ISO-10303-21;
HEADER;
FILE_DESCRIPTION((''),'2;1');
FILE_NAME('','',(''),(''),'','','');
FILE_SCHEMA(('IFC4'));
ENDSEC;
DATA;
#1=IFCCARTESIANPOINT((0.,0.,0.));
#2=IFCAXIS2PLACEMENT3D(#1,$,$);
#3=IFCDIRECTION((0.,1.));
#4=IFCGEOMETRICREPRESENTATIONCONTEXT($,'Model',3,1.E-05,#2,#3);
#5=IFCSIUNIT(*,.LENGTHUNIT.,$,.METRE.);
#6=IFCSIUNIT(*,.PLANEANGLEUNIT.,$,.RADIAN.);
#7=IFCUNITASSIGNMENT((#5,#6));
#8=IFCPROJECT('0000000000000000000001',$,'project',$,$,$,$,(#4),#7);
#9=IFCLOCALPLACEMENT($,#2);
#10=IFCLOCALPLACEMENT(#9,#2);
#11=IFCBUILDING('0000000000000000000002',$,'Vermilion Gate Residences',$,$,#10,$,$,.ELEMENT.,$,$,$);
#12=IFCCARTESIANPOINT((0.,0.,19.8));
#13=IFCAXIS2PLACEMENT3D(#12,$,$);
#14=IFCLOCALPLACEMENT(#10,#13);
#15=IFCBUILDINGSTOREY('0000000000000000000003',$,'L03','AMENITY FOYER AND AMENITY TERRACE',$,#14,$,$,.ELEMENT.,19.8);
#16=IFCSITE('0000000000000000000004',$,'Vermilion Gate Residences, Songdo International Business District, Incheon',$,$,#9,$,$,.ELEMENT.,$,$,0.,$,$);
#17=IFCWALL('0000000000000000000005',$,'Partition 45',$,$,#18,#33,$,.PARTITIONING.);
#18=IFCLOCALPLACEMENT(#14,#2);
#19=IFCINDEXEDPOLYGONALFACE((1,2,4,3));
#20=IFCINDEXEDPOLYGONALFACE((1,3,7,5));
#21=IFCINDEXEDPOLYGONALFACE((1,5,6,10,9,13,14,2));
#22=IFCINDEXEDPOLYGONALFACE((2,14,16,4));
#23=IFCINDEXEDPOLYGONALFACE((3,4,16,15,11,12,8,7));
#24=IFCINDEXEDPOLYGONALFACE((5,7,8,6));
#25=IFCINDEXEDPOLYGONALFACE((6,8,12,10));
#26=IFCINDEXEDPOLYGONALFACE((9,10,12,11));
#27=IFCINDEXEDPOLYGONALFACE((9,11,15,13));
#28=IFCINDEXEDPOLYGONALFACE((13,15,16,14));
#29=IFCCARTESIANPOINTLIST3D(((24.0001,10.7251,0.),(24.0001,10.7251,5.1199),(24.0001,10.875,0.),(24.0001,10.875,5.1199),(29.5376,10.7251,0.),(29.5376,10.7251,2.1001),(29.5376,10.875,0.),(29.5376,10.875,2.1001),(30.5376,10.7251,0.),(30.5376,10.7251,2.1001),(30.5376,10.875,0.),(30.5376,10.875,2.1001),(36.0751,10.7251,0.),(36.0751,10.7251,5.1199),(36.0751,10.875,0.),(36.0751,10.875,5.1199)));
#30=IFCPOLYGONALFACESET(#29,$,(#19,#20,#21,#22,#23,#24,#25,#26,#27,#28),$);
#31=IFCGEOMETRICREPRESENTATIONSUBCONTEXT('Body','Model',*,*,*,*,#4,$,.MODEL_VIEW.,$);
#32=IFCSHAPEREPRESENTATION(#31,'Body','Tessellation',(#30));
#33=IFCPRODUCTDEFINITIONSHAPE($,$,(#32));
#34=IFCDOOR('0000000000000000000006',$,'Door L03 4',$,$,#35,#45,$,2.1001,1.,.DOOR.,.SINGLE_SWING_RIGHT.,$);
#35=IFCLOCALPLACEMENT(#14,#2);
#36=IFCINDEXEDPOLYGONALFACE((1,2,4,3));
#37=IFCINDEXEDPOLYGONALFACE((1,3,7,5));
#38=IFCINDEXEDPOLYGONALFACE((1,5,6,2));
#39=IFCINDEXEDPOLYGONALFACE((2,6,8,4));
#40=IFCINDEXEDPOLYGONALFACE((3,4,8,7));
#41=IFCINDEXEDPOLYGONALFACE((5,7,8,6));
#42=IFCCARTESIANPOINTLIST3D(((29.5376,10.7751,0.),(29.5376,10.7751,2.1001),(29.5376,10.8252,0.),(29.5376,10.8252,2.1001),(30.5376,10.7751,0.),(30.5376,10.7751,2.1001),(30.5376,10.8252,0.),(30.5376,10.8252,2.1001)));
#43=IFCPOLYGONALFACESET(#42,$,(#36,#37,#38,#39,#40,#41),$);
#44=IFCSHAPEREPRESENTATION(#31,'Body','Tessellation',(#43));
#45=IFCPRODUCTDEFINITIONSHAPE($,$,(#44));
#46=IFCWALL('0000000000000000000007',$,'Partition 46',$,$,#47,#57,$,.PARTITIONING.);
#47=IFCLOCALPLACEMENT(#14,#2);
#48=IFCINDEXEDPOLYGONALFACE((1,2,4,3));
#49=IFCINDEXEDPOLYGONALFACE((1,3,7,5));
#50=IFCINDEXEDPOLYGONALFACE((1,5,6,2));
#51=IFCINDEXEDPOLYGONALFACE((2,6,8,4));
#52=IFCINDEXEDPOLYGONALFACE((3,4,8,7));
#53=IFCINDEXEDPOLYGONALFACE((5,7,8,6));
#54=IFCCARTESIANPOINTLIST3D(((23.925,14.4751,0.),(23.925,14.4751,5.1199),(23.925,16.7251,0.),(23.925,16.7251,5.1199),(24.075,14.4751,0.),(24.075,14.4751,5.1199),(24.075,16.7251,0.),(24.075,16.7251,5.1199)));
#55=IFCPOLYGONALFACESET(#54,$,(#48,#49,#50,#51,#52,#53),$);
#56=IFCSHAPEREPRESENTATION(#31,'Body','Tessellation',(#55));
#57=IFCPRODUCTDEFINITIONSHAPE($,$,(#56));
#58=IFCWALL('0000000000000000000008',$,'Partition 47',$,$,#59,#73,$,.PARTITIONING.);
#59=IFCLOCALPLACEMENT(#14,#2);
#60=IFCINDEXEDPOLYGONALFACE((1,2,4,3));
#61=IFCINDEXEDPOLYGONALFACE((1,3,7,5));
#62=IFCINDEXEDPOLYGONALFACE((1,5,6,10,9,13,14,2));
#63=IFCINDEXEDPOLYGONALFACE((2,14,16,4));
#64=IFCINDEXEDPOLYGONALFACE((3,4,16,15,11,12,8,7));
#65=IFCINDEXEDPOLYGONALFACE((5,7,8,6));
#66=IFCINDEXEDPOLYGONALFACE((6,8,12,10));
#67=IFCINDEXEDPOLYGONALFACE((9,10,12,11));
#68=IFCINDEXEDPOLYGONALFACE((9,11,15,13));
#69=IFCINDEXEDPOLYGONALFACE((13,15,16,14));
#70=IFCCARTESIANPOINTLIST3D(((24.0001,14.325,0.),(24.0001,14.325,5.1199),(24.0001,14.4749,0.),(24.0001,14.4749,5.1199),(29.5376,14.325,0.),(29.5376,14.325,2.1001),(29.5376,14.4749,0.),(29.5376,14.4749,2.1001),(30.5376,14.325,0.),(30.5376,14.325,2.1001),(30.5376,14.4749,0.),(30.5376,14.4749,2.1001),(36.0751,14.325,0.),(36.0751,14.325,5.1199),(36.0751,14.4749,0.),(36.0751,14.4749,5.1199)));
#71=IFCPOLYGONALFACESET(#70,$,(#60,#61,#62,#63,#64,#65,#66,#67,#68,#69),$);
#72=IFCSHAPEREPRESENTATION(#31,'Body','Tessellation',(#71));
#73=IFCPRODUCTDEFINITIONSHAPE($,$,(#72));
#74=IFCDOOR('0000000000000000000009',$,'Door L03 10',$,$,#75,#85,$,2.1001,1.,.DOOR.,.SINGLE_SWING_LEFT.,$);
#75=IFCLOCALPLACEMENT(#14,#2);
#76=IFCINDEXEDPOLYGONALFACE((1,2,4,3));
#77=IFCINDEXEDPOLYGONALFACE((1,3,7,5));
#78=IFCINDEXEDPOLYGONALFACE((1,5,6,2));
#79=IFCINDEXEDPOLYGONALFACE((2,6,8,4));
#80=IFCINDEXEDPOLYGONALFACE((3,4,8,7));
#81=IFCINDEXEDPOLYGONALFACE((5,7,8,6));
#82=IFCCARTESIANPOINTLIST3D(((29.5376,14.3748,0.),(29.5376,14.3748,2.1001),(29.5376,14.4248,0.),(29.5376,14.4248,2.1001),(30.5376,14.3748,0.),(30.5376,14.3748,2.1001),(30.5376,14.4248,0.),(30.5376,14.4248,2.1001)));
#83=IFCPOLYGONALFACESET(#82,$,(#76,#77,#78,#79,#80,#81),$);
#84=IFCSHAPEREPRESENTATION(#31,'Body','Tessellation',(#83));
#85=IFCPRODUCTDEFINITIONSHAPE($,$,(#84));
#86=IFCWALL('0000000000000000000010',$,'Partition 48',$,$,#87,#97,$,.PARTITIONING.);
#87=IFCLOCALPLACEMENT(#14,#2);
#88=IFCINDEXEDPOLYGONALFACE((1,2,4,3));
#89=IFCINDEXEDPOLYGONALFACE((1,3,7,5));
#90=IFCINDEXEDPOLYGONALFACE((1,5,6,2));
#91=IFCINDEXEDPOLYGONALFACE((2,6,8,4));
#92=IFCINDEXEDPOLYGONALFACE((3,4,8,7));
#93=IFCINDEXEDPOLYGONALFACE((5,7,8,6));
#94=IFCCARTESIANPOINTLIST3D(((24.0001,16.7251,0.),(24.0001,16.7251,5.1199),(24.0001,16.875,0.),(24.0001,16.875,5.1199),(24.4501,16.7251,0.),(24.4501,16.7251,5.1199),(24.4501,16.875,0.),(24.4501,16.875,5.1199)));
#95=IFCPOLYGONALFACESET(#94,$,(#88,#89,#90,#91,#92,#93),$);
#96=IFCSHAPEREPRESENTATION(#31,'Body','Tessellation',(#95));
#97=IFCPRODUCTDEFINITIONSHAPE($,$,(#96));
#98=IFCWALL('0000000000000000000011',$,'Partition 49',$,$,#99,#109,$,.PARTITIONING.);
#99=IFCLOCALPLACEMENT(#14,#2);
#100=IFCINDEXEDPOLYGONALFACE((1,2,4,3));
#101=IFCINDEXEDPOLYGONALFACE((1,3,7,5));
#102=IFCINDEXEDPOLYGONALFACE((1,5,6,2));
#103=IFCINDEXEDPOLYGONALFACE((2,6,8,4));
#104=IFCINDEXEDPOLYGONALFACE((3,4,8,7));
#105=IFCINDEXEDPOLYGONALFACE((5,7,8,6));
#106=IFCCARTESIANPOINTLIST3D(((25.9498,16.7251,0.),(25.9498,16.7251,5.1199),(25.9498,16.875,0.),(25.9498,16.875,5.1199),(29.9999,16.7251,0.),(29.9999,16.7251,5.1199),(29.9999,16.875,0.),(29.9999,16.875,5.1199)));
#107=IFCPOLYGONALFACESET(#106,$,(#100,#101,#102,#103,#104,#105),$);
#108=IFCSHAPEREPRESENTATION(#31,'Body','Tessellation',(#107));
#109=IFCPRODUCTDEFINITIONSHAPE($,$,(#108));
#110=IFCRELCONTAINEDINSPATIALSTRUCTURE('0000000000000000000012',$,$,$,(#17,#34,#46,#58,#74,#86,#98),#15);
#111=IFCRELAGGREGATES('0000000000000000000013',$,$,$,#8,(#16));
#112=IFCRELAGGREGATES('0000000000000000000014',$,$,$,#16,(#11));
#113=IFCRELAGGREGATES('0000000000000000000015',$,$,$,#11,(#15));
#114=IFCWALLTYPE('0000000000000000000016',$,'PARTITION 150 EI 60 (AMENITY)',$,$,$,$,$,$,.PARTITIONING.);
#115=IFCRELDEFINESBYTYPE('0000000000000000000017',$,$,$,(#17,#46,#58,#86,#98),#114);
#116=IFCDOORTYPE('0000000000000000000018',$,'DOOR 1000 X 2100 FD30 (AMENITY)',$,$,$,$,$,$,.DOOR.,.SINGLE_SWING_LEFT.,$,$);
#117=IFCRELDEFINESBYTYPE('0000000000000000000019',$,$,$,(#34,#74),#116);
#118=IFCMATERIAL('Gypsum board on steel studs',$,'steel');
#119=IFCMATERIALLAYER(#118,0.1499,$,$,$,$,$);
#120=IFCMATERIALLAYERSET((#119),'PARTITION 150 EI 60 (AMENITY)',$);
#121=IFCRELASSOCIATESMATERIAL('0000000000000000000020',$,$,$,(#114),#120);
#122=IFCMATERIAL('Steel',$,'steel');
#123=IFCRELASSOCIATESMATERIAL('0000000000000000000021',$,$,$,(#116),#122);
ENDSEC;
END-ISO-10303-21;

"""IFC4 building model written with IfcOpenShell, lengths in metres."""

from ifc_helpers import new_model, si_unit, direction, frame, frame_2d, origin, place, context, subcontext, project, spatial, rectangle, extrude, material, layer, layer_set, type_object, element, fill, save


model = new_model("IFC4")

# Units and contexts
model_context = context("Model", 3, precision=1e-05, world=origin(), true_north=direction((0.0, 1.0)))
body_context = subcontext(model_context, "Body", "Model", "MODEL_VIEW")
ifc_project = project(units=[si_unit("LENGTHUNIT", "METRE"), si_unit("PLANEANGLEUNIT", "RADIAN")], contexts=[model_context])

# Site, building, storey
site_placement = place(None, origin())
site = spatial("IfcSite", under=ifc_project, at=site_placement, Name="Vermilion Gate Residences, Songdo International Business District, Incheon", CompositionType="ELEMENT", RefElevation=0.0)
building_placement = place(site_placement, origin())
building = spatial("IfcBuilding", under=site, at=building_placement, Name="Vermilion Gate Residences", CompositionType="ELEMENT")
storey_placement = place(building_placement, frame((0.0, 0.0, 19.8)))
storey = spatial("IfcBuildingStorey", under=building, at=storey_placement, Name="L03", Description="AMENITY FOYER AND AMENITY TERRACE", CompositionType="ELEMENT", Elevation=19.8)

# Shared definitions
ifc_material_1 = material(Name="Gypsum board on steel studs", Category="steel")
ifc_layer_1 = layer(ifc_material_1, 0.1499)
ifc_layer_set_1 = layer_set([ifc_layer_1], Name="PARTITION 150 EI 60 (AMENITY)")
wall_type_1 = type_object("IfcWallType", Name="PARTITION 150 EI 60 (AMENITY)", PredefinedType="PARTITIONING", material=ifc_layer_set_1)

# Shared definitions
ifc_material_2 = material(Name="Steel", Category="steel")
door_type_1 = type_object("IfcDoorType", Name="DOOR 1000 X 2100 FD30 (AMENITY)", OperationType="SINGLE_SWING_LEFT", PredefinedType="DOOR", material=ifc_material_2)

# Wall, opening, door
wall_1_placement = place(storey_placement, frame((24.0, 10.8, 0.0), z_axis=(0.0, 0.0, 1.0), x_axis=(1.0, 0.0, 0.0)))
wall_1 = element("IfcWall", 1, at=wall_1_placement, inside=storey, type_object=wall_type_1, Name="Partition 45", PredefinedType="PARTITIONING", context=body_context, shape_type="SweptSolid", body=[
    extrude(rectangle(XDim=12.075, YDim=0.1499, at=frame_2d((6.0376, 0.0))), origin(), (0.0, 0.0, 1.0), 5.1199),
])
opening_1_placement = place(wall_1_placement, frame((5.5376, 0.0, 0.0)))
opening_1 = element("IfcOpeningElement", 2, at=opening_1_placement, cuts=wall_1, PredefinedType="OPENING", context=body_context, shape_type="SweptSolid", body=[
    extrude(rectangle(XDim=1.0, YDim=2.1001, at=frame_2d((0.5, 1.05))), frame((0.0, 0.085, 0.0), z_axis=(0.0, -1.0, 0.0), x_axis=(1.0, 0.0, 0.0)), (0.0, 0.0, 1.0), 0.1699),
])
door_1_placement = place(opening_1_placement, frame((1.0, 0.0, 0.0), z_axis=(0.0, 0.0, 1.0), x_axis=(-1.0, 0.0, 0.0)))
door_1 = element("IfcDoor", 3, at=door_1_placement, inside=storey, type_object=door_type_1, Name="Door L03 4", OperationType="SINGLE_SWING_RIGHT", OverallHeight=2.1001, OverallWidth=1.0, PredefinedType="DOOR", context=body_context, shape_type="SweptSolid", body=[
    extrude(rectangle(XDim=1.0, YDim=2.1001, at=frame_2d((0.5, 1.05))), frame((0.0, 0.0249, 0.0), z_axis=(0.0, -1.0, 0.0), x_axis=(1.0, 0.0, 0.0)), (0.0, 0.0, 1.0), 0.05),
])
fill(opening_1, door_1)

# Wall
wall_2_placement = place(storey_placement, frame((24.0, 14.4751, 0.0), z_axis=(0.0, 0.0, 1.0), x_axis=(0.0, 1.0, 0.0)))
element("IfcWall", 4, at=wall_2_placement, inside=storey, type_object=wall_type_1, Name="Partition 46", PredefinedType="PARTITIONING", context=body_context, shape_type="SweptSolid", body=[
    extrude(rectangle(XDim=2.25, YDim=0.1499, at=frame_2d((1.125, 0.0))), origin(), (0.0, 0.0, 1.0), 5.1199),
])

# Wall, opening, door
wall_3_placement = place(storey_placement, frame((24.0, 14.3999, 0.0), z_axis=(0.0, 0.0, 1.0), x_axis=(1.0, 0.0, 0.0)))
wall_3 = element("IfcWall", 5, at=wall_3_placement, inside=storey, type_object=wall_type_1, Name="Partition 47", PredefinedType="PARTITIONING", context=body_context, shape_type="SweptSolid", body=[
    extrude(rectangle(XDim=12.075, YDim=0.1499, at=frame_2d((6.0376, 0.0))), origin(), (0.0, 0.0, 1.0), 5.1199),
])
opening_2_placement = place(wall_3_placement, frame((5.5376, 0.0, 0.0)))
opening_2 = element("IfcOpeningElement", 6, at=opening_2_placement, cuts=wall_3, PredefinedType="OPENING", context=body_context, shape_type="SweptSolid", body=[
    extrude(rectangle(XDim=1.0, YDim=2.1001, at=frame_2d((0.5, 1.05))), frame((0.0, 0.085, 0.0), z_axis=(0.0, -1.0, 0.0), x_axis=(1.0, 0.0, 0.0)), (0.0, 0.0, 1.0), 0.1699),
])
door_2_placement = place(opening_2_placement, origin())
door_2 = element("IfcDoor", 7, at=door_2_placement, inside=storey, type_object=door_type_1, Name="Door L03 10", OperationType="SINGLE_SWING_LEFT", OverallHeight=2.1001, OverallWidth=1.0, PredefinedType="DOOR", context=body_context, shape_type="SweptSolid", body=[
    extrude(rectangle(XDim=1.0, YDim=2.1001, at=frame_2d((0.5, 1.05))), frame((0.0, 0.0249, 0.0), z_axis=(0.0, -1.0, 0.0), x_axis=(1.0, 0.0, 0.0)), (0.0, 0.0, 1.0), 0.05),
])
fill(opening_2, door_2)

# Walls
wall_4_placement = place(storey_placement, frame((24.0, 16.8, 0.0), z_axis=(0.0, 0.0, 1.0), x_axis=(1.0, 0.0, 0.0)))
element("IfcWall", 8, at=wall_4_placement, inside=storey, type_object=wall_type_1, Name="Partition 48", PredefinedType="PARTITIONING", context=body_context, shape_type="SweptSolid", body=[
    extrude(rectangle(XDim=0.45, YDim=0.1499, at=frame_2d((0.2251, 0.0))), origin(), (0.0, 0.0, 1.0), 5.1199),
])
wall_5_placement = place(storey_placement, frame((25.95, 16.8, 0.0), z_axis=(0.0, 0.0, 1.0), x_axis=(1.0, 0.0, 0.0)))
element("IfcWall", 9, at=wall_5_placement, inside=storey, type_object=wall_type_1, Name="Partition 49", PredefinedType="PARTITIONING", context=body_context, shape_type="SweptSolid", body=[
    extrude(rectangle(XDim=4.05, YDim=0.1499, at=frame_2d((2.0249, 0.0))), origin(), (0.0, 0.0, 1.0), 5.1199),
])

save(model, "model.ifc")
